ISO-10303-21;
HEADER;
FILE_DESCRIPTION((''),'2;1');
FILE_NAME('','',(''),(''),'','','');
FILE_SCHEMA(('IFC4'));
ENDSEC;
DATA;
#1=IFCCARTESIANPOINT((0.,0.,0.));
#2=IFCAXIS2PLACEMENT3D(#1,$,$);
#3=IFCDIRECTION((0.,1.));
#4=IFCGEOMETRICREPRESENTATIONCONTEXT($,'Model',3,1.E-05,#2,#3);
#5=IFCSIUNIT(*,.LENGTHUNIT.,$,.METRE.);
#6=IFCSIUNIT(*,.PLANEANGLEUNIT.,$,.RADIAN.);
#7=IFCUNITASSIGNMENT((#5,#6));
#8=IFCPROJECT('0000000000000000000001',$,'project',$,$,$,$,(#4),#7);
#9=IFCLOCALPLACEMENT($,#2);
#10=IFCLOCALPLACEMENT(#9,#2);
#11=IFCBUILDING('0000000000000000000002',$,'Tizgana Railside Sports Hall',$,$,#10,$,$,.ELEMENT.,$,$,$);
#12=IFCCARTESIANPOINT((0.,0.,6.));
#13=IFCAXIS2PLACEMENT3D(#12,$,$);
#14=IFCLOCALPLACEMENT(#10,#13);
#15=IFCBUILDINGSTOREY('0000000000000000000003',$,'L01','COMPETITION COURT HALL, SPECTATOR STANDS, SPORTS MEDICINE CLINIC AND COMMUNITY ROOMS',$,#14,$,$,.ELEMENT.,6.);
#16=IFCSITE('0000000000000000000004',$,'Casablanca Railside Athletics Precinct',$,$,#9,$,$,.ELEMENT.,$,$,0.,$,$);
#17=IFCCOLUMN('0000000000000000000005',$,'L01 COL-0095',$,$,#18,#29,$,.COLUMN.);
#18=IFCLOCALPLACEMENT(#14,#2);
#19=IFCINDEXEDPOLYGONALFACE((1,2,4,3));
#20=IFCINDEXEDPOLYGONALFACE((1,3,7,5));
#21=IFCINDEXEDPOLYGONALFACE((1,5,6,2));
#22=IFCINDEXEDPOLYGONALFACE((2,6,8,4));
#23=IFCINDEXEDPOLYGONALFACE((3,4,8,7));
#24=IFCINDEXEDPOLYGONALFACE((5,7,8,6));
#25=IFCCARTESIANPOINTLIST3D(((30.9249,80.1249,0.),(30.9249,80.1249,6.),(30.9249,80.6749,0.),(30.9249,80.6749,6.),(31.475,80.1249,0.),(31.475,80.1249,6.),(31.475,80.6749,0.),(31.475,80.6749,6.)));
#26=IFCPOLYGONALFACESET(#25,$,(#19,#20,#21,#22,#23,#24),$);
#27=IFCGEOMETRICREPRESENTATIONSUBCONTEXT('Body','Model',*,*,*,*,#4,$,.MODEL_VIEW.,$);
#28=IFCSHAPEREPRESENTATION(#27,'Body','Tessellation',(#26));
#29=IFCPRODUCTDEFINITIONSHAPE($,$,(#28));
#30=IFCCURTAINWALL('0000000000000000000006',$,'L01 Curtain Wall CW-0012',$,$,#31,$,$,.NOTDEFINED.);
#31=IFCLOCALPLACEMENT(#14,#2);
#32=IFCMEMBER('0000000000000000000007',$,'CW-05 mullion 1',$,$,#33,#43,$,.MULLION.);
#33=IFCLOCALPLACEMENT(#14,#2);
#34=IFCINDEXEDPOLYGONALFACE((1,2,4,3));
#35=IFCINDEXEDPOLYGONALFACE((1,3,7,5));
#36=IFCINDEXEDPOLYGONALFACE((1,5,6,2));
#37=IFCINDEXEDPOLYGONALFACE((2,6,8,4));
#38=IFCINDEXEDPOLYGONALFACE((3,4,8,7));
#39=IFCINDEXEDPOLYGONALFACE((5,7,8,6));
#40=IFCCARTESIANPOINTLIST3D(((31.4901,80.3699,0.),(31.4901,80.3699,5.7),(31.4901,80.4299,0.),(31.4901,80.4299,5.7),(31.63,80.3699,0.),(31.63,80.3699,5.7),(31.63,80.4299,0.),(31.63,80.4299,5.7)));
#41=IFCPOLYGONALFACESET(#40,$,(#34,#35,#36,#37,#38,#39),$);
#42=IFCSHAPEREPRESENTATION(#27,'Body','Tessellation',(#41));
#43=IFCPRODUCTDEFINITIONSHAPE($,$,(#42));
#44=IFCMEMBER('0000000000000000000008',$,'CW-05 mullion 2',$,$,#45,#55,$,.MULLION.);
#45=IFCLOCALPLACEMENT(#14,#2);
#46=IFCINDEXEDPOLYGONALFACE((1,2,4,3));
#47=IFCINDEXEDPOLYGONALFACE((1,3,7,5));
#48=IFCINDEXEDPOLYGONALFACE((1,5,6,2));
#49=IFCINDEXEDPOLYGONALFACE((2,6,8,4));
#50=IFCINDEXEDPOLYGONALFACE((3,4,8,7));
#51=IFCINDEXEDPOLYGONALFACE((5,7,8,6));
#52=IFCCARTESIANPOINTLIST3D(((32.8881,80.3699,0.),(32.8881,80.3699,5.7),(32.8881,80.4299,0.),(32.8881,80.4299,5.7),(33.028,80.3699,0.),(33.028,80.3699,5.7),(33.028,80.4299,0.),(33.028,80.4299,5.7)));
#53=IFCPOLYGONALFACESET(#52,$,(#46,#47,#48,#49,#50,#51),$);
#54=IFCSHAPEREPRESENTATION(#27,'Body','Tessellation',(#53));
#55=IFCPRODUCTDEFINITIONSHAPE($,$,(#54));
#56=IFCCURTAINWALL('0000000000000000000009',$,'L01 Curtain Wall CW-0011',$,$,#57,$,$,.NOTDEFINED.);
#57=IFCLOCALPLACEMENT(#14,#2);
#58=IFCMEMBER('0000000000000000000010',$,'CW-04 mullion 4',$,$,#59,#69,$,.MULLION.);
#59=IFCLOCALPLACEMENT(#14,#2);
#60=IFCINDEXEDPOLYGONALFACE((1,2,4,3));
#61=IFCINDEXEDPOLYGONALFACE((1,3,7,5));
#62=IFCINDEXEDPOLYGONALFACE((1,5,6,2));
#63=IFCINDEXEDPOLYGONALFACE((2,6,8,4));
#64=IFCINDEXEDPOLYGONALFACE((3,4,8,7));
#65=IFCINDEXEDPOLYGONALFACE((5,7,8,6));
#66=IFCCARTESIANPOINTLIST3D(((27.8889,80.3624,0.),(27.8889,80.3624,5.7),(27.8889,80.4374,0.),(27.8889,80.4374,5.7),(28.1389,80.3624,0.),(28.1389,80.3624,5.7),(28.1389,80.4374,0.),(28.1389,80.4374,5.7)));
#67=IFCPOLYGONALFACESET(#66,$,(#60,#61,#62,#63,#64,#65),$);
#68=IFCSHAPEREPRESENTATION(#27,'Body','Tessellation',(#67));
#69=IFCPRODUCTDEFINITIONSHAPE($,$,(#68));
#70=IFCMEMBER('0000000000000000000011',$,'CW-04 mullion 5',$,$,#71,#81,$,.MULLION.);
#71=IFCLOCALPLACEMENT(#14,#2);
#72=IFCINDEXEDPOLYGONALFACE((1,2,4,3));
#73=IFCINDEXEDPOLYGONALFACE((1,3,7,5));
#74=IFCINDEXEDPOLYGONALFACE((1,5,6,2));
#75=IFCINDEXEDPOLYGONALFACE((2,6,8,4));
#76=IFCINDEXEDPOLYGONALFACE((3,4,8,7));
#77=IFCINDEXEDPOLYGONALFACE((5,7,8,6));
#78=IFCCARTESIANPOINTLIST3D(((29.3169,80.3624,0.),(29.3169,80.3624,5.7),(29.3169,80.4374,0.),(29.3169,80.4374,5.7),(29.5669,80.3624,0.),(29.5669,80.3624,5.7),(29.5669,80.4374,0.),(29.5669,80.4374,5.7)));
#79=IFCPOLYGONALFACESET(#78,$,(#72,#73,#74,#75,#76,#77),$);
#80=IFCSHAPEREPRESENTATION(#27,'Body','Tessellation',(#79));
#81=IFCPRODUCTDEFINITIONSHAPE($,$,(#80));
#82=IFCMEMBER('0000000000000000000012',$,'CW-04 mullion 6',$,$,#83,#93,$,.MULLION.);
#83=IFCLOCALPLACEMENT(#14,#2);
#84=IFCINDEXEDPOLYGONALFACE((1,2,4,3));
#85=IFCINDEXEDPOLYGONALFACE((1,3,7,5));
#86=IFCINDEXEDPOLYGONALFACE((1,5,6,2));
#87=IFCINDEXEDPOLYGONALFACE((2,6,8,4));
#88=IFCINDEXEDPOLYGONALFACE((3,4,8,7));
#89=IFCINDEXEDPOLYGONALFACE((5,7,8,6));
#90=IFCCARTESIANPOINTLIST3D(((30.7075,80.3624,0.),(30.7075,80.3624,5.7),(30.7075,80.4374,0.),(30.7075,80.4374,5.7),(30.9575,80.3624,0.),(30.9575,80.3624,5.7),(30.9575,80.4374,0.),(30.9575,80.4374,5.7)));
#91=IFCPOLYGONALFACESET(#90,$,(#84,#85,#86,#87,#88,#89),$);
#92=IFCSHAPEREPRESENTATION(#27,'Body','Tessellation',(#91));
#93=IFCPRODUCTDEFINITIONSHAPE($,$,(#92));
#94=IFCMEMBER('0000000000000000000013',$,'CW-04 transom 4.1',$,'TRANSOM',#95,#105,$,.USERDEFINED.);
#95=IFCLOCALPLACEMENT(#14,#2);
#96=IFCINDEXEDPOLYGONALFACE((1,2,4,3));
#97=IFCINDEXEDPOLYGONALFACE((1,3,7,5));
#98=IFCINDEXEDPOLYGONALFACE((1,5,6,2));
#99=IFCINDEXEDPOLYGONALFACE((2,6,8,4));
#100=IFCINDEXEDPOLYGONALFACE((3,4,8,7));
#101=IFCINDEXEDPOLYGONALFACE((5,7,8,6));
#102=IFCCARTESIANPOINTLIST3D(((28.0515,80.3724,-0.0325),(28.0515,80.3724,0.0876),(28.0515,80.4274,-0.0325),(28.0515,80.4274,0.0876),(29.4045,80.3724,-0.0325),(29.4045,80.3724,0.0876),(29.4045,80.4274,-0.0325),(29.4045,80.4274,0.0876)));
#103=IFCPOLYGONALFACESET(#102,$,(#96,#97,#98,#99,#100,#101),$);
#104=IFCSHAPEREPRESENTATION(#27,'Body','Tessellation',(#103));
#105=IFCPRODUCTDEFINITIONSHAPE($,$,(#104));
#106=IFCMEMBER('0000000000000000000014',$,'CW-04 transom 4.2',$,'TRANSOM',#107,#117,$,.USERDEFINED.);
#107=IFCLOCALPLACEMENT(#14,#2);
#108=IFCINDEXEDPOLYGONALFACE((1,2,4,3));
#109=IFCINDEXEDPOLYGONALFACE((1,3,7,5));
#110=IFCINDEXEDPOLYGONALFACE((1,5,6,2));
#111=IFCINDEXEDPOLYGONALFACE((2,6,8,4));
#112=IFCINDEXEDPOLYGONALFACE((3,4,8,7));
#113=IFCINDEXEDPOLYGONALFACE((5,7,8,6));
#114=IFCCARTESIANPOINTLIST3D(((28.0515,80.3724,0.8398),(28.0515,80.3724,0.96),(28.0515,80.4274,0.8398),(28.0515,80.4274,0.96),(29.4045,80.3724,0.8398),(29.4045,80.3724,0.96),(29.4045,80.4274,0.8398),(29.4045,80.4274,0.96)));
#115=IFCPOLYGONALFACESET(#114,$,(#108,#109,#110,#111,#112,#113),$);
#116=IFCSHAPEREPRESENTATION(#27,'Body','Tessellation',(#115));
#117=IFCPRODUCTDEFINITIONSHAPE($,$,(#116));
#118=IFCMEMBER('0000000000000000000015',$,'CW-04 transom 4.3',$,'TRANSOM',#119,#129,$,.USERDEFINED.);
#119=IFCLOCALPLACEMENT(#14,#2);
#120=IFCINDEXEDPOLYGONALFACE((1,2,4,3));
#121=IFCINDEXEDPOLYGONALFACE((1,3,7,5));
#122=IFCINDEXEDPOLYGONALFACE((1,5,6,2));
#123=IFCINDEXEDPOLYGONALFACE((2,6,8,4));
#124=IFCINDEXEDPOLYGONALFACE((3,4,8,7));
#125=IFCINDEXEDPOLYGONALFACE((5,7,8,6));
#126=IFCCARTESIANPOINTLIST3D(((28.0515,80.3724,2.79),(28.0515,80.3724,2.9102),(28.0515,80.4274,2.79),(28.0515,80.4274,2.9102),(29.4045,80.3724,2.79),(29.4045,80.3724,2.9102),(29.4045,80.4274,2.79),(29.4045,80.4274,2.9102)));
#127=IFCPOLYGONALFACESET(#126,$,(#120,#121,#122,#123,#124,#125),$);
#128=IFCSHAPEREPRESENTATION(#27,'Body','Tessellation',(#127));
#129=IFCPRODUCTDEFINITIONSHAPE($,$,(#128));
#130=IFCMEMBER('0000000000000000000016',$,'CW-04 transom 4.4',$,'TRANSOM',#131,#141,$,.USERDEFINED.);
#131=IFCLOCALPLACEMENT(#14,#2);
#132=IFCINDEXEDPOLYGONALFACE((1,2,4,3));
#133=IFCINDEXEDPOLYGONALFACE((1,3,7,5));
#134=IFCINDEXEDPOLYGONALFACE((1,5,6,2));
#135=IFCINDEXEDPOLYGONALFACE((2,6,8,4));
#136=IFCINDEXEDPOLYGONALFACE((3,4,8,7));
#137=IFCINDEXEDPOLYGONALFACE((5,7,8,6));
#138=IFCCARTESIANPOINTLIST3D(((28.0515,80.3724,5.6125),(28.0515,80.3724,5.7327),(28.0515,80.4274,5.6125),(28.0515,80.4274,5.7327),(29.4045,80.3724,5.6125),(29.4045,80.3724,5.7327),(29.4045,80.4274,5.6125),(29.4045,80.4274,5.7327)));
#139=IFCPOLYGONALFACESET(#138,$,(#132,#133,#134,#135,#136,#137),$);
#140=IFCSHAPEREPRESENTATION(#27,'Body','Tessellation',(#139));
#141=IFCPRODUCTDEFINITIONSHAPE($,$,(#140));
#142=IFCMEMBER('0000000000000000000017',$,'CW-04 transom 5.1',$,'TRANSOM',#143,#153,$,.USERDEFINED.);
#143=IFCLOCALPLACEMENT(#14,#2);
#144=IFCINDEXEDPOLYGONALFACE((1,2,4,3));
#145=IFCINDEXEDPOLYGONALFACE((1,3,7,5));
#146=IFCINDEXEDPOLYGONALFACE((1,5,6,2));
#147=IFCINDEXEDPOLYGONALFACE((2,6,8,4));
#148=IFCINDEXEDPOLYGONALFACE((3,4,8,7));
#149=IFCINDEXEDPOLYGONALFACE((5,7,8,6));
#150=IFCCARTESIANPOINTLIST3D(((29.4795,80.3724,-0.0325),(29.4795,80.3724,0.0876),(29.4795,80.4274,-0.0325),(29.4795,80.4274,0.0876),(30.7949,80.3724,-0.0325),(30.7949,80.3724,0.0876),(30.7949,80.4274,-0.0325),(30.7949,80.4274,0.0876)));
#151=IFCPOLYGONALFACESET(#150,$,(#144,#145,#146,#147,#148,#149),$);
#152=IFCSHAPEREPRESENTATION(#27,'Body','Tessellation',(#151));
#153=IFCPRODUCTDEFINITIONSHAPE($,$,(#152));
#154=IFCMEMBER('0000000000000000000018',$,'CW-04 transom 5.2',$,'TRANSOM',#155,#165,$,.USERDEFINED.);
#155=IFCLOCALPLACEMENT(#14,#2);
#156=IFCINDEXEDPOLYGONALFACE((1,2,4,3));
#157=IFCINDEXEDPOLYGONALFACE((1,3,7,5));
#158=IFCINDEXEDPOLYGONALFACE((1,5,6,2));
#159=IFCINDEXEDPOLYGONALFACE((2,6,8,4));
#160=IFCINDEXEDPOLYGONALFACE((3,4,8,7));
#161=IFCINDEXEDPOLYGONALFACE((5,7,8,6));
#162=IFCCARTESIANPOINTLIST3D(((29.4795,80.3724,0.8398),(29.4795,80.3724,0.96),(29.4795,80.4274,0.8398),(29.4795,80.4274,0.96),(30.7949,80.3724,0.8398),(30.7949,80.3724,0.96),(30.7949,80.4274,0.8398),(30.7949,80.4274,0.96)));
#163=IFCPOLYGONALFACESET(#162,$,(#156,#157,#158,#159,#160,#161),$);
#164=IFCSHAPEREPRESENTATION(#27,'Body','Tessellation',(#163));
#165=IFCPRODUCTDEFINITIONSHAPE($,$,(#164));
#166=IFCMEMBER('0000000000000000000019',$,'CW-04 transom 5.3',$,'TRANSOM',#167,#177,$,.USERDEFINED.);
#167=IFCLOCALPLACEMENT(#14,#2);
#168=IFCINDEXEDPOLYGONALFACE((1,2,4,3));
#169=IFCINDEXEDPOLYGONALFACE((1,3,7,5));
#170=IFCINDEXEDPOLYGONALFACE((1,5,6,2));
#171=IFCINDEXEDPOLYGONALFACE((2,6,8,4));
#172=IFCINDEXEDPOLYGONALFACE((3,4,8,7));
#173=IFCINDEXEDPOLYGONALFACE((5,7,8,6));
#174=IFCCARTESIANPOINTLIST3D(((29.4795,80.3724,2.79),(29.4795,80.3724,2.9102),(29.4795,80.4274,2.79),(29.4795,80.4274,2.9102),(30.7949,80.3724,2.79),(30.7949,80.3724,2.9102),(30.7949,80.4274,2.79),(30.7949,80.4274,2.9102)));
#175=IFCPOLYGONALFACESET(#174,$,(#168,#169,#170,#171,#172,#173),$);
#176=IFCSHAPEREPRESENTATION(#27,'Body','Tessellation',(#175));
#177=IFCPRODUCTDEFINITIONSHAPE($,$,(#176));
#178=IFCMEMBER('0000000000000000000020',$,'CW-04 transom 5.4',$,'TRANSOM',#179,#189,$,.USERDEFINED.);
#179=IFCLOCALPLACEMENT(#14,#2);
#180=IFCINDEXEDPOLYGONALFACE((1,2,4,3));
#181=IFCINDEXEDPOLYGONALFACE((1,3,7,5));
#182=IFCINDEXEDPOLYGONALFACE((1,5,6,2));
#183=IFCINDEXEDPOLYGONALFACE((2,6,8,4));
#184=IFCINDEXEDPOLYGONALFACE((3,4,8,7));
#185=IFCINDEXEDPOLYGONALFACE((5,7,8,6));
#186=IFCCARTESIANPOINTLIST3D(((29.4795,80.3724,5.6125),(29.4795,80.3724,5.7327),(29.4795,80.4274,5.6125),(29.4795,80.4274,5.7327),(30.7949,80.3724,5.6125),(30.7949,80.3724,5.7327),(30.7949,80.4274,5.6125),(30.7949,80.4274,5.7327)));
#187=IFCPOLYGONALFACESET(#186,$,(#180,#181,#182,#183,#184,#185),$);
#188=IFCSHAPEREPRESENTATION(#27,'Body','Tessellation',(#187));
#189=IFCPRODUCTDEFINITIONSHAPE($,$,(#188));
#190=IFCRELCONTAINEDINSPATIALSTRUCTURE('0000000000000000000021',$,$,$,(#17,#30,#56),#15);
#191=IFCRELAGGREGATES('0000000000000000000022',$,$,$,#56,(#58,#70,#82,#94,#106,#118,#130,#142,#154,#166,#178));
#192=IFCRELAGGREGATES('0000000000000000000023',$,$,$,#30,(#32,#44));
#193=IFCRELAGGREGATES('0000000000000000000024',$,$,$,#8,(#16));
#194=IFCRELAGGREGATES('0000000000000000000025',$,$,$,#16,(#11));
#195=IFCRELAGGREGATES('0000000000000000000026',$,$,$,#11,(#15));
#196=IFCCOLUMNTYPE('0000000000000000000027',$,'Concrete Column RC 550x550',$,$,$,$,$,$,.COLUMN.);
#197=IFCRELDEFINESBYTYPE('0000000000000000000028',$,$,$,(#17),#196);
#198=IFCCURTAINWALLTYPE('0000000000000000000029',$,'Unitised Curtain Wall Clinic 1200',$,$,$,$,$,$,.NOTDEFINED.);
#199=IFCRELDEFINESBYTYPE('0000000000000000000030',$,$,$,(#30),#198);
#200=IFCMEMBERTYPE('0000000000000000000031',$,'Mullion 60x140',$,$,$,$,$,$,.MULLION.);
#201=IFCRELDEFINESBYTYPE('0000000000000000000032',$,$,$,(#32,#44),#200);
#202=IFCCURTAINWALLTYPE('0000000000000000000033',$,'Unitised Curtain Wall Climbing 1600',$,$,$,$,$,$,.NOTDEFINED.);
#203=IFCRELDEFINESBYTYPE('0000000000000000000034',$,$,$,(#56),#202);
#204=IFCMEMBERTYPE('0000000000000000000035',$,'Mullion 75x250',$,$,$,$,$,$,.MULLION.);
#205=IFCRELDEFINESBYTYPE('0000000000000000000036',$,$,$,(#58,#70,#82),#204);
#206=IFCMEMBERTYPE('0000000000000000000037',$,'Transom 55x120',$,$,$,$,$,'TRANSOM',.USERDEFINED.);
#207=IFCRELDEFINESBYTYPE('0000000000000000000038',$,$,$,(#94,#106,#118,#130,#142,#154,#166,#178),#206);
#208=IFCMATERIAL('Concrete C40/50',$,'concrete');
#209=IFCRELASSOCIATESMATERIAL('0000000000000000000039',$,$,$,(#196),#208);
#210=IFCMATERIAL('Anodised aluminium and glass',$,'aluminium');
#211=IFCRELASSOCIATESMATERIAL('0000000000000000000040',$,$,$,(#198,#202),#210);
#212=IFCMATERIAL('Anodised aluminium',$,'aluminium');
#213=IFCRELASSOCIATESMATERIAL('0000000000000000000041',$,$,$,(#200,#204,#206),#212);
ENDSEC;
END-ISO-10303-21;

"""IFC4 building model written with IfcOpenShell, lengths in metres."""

from ifc_helpers import new_model, si_unit, direction, frame, origin, origin_2d, place, context, subcontext, project, spatial, rectangle, extrude, material, material_profile, profile_set, type_object, element, aggregate, save


model = new_model("IFC4")

# Units and contexts
model_context = context("Model", 3, precision=1e-05, world=origin(), true_north=direction((0.0, 1.0)))
body_context = subcontext(model_context, "Body", "Model", "MODEL_VIEW")
ifc_project = project(units=[si_unit("LENGTHUNIT", "METRE"), si_unit("PLANEANGLEUNIT", "RADIAN")], contexts=[model_context])

# Site, building, storey
site_placement = place(None, origin())
site = spatial("IfcSite", under=ifc_project, at=site_placement, Name="Casablanca Railside Athletics Precinct", CompositionType="ELEMENT", RefElevation=0.0)
building_placement = place(site_placement, origin())
building = spatial("IfcBuilding", under=site, at=building_placement, Name="Tizgana Railside Sports Hall", CompositionType="ELEMENT")
storey_placement = place(building_placement, frame((0.0, 0.0, 6.0)))
storey = spatial("IfcBuildingStorey", under=building, at=storey_placement, Name="L01", Description="COMPETITION COURT HALL, SPECTATOR STANDS, SPORTS MEDICINE CLINIC AND COMMUNITY ROOMS", CompositionType="ELEMENT", Elevation=6.0)

# Column
ifc_material_1 = material(Name="Concrete C40/50", Category="concrete")
ifc_material_profile_1 = material_profile(ifc_material_1, rectangle(XDim=0.55, YDim=0.55, at=origin_2d()), Name="RC 550x550")
ifc_profile_set_1 = profile_set([ifc_material_profile_1], Name="Concrete C40/50")
column_type = type_object("IfcColumnType", Name="Concrete Column RC 550x550", PredefinedType="COLUMN", material=ifc_profile_set_1)
column_placement = place(storey_placement, frame((31.2, 80.3999, 0.0), z_axis=(0.0, 0.0, 1.0), x_axis=(1.0, 0.0, 0.0)))
element("IfcColumn", 1, at=column_placement, inside=storey, type_object=column_type, Name="L01 COL-0095", PredefinedType="COLUMN", context=body_context, shape_type="SweptSolid", body=[
    extrude(rectangle(XDim=0.55, YDim=0.55, at=origin_2d()), origin(), (0.0, 0.0, 1.0), 6.0),
])

# Curtain walls, members
ifc_material_2 = material(Name="Anodised aluminium and glass", Category="aluminium")
curtain_wall_type_1 = type_object("IfcCurtainWallType", Name="Unitised Curtain Wall Clinic 1200", PredefinedType="NOTDEFINED", material=ifc_material_2)
curtain_wall_1_placement = place(storey_placement, origin())
curtain_wall_1 = element("IfcCurtainWall", 2, at=curtain_wall_1_placement, inside=storey, type_object=curtain_wall_type_1, Name="L01 Curtain Wall CW-0012", PredefinedType="NOTDEFINED")
ifc_material_3 = material(Name="Anodised aluminium", Category="aluminium")
ifc_material_profile_2 = material_profile(ifc_material_3, rectangle(XDim=0.0601, YDim=0.1399, at=origin_2d()), Name="Mullion 60x140")
ifc_profile_set_2 = profile_set([ifc_material_profile_2], Name="Anodised aluminium")
member_type_1 = type_object("IfcMemberType", Name="Mullion 60x140", PredefinedType="MULLION", material=ifc_profile_set_2)
member_1_placement = place(storey_placement, frame((31.5601, 80.3999, 0.0), z_axis=(0.0, 0.0, 1.0), x_axis=(0.0, 1.0, 0.0)))
member_1 = element("IfcMember", 3, at=member_1_placement, type_object=member_type_1, Name="CW-05 mullion 1", PredefinedType="MULLION", context=body_context, shape_type="SweptSolid", body=[
    extrude(rectangle(XDim=0.0601, YDim=0.1399, at=origin_2d()), origin(), (0.0, 0.0, 1.0), 5.7),
])
member_2_placement = place(storey_placement, frame((32.958, 80.3999, 0.0), z_axis=(0.0, 0.0, 1.0), x_axis=(0.0, 1.0, 0.0)))
member_2 = element("IfcMember", 4, at=member_2_placement, type_object=member_type_1, Name="CW-05 mullion 2", PredefinedType="MULLION", context=body_context, shape_type="SweptSolid", body=[
    extrude(rectangle(XDim=0.0601, YDim=0.1399, at=origin_2d()), origin(), (0.0, 0.0, 1.0), 5.7),
])
curtain_wall_type_2 = type_object("IfcCurtainWallType", Name="Unitised Curtain Wall Climbing 1600", PredefinedType="NOTDEFINED", material=ifc_material_2)
curtain_wall_2_placement = place(storey_placement, origin())
curtain_wall_2 = element("IfcCurtainWall", 5, at=curtain_wall_2_placement, inside=storey, type_object=curtain_wall_type_2, Name="L01 Curtain Wall CW-0011", PredefinedType="NOTDEFINED")
ifc_material_profile_3 = material_profile(ifc_material_3, rectangle(XDim=0.075, YDim=0.25, at=origin_2d()), Name="Mullion 75x250")
ifc_profile_set_3 = profile_set([ifc_material_profile_3], Name="Anodised aluminium")
member_type_2 = type_object("IfcMemberType", Name="Mullion 75x250", PredefinedType="MULLION", material=ifc_profile_set_3)
member_3_placement = place(storey_placement, frame((28.0139, 80.3999, 0.0), z_axis=(0.0, 0.0, 1.0), x_axis=(0.0, 1.0, 0.0)))
member_3 = element("IfcMember", 6, at=member_3_placement, type_object=member_type_2, Name="CW-04 mullion 4", PredefinedType="MULLION", context=body_context, shape_type="SweptSolid", body=[
    extrude(rectangle(XDim=0.075, YDim=0.25, at=origin_2d()), origin(), (0.0, 0.0, 1.0), 5.7),
])
member_4_placement = place(storey_placement, frame((29.4419, 80.3999, 0.0), z_axis=(0.0, 0.0, 1.0), x_axis=(0.0, 1.0, 0.0)))
member_4 = element("IfcMember", 7, at=member_4_placement, type_object=member_type_2, Name="CW-04 mullion 5", PredefinedType="MULLION", context=body_context, shape_type="SweptSolid", body=[
    extrude(rectangle(XDim=0.075, YDim=0.25, at=origin_2d()), origin(), (0.0, 0.0, 1.0), 5.7),
])
member_5_placement = place(storey_placement, frame((30.8325, 80.3999, 0.0), z_axis=(0.0, 0.0, 1.0), x_axis=(0.0, 1.0, 0.0)))
member_5 = element("IfcMember", 8, at=member_5_placement, type_object=member_type_2, Name="CW-04 mullion 6", PredefinedType="MULLION", context=body_context, shape_type="SweptSolid", body=[
    extrude(rectangle(XDim=0.075, YDim=0.25, at=origin_2d()), origin(), (0.0, 0.0, 1.0), 5.7),
])
ifc_material_profile_4 = material_profile(ifc_material_3, rectangle(XDim=0.0549, YDim=0.1201, at=origin_2d()), Name="Transom 55x120")
ifc_profile_set_4 = profile_set([ifc_material_profile_4], Name="Anodised aluminium")
member_type_3 = type_object("IfcMemberType", Name="Transom 55x120", ElementType="TRANSOM", PredefinedType="USERDEFINED", material=ifc_profile_set_4)
member_6_placement = place(storey_placement, frame((28.0515, 80.3999, 0.0276), z_axis=(1.0, 0.0, 0.0), x_axis=(0.0, 1.0, 0.0)))
member_6 = element("IfcMember", 9, at=member_6_placement, type_object=member_type_3, Name="CW-04 transom 4.1", ObjectType="TRANSOM", PredefinedType="USERDEFINED", context=body_context, shape_type="SweptSolid", body=[
    extrude(rectangle(XDim=0.0549, YDim=0.1201, at=origin_2d()), origin(), (0.0, 0.0, 1.0), 1.353),
])
member_7_placement = place(storey_placement, frame((28.0515, 80.3999, 0.8999), z_axis=(1.0, 0.0, 0.0), x_axis=(0.0, 1.0, 0.0)))
member_7 = element("IfcMember", 10, at=member_7_placement, type_object=member_type_3, Name="CW-04 transom 4.2", ObjectType="TRANSOM", PredefinedType="USERDEFINED", context=body_context, shape_type="SweptSolid", body=[
    extrude(rectangle(XDim=0.0549, YDim=0.1201, at=origin_2d()), origin(), (0.0, 0.0, 1.0), 1.353),
])
member_8_placement = place(storey_placement, frame((28.0515, 80.3999, 2.8501), z_axis=(1.0, 0.0, 0.0), x_axis=(0.0, 1.0, 0.0)))
member_8 = element("IfcMember", 11, at=member_8_placement, type_object=member_type_3, Name="CW-04 transom 4.3", ObjectType="TRANSOM", PredefinedType="USERDEFINED", context=body_context, shape_type="SweptSolid", body=[
    extrude(rectangle(XDim=0.0549, YDim=0.1201, at=origin_2d()), origin(), (0.0, 0.0, 1.0), 1.353),
])
member_9_placement = place(storey_placement, frame((28.0515, 80.3999, 5.6726), z_axis=(1.0, 0.0, 0.0), x_axis=(0.0, 1.0, 0.0)))
member_9 = element("IfcMember", 12, at=member_9_placement, type_object=member_type_3, Name="CW-04 transom 4.4", ObjectType="TRANSOM", PredefinedType="USERDEFINED", context=body_context, shape_type="SweptSolid", body=[
    extrude(rectangle(XDim=0.0549, YDim=0.1201, at=origin_2d()), origin(), (0.0, 0.0, 1.0), 1.353),
])
member_10_placement = place(storey_placement, frame((29.4795, 80.3999, 0.0276), z_axis=(1.0, 0.0, 0.0), x_axis=(0.0, 1.0, 0.0)))
member_10 = element("IfcMember", 13, at=member_10_placement, type_object=member_type_3, Name="CW-04 transom 5.1", ObjectType="TRANSOM", PredefinedType="USERDEFINED", context=body_context, shape_type="SweptSolid", body=[
    extrude(rectangle(XDim=0.0549, YDim=0.1201, at=origin_2d()), origin(), (0.0, 0.0, 1.0), 1.3154),
])
member_11_placement = place(storey_placement, frame((29.4795, 80.3999, 0.8999), z_axis=(1.0, 0.0, 0.0), x_axis=(0.0, 1.0, 0.0)))
member_11 = element("IfcMember", 14, at=member_11_placement, type_object=member_type_3, Name="CW-04 transom 5.2", ObjectType="TRANSOM", PredefinedType="USERDEFINED", context=body_context, shape_type="SweptSolid", body=[
    extrude(rectangle(XDim=0.0549, YDim=0.1201, at=origin_2d()), origin(), (0.0, 0.0, 1.0), 1.3154),
])
member_12_placement = place(storey_placement, frame((29.4795, 80.3999, 2.8501), z_axis=(1.0, 0.0, 0.0), x_axis=(0.0, 1.0, 0.0)))
member_12 = element("IfcMember", 15, at=member_12_placement, type_object=member_type_3, Name="CW-04 transom 5.3", ObjectType="TRANSOM", PredefinedType="USERDEFINED", context=body_context, shape_type="SweptSolid", body=[
    extrude(rectangle(XDim=0.0549, YDim=0.1201, at=origin_2d()), origin(), (0.0, 0.0, 1.0), 1.3154),
])
member_13_placement = place(storey_placement, frame((29.4795, 80.3999, 5.6726), z_axis=(1.0, 0.0, 0.0), x_axis=(0.0, 1.0, 0.0)))
member_13 = element("IfcMember", 16, at=member_13_placement, type_object=member_type_3, Name="CW-04 transom 5.4", ObjectType="TRANSOM", PredefinedType="USERDEFINED", context=body_context, shape_type="SweptSolid", body=[
    extrude(rectangle(XDim=0.0549, YDim=0.1201, at=origin_2d()), origin(), (0.0, 0.0, 1.0), 1.3154),
])

aggregate(curtain_wall_2, [member_3, member_4, member_5, member_6, member_7, member_8, member_9, member_10, member_11, member_12, member_13])
aggregate(curtain_wall_1, [member_1, member_2])

save(model, "model.ifc")
